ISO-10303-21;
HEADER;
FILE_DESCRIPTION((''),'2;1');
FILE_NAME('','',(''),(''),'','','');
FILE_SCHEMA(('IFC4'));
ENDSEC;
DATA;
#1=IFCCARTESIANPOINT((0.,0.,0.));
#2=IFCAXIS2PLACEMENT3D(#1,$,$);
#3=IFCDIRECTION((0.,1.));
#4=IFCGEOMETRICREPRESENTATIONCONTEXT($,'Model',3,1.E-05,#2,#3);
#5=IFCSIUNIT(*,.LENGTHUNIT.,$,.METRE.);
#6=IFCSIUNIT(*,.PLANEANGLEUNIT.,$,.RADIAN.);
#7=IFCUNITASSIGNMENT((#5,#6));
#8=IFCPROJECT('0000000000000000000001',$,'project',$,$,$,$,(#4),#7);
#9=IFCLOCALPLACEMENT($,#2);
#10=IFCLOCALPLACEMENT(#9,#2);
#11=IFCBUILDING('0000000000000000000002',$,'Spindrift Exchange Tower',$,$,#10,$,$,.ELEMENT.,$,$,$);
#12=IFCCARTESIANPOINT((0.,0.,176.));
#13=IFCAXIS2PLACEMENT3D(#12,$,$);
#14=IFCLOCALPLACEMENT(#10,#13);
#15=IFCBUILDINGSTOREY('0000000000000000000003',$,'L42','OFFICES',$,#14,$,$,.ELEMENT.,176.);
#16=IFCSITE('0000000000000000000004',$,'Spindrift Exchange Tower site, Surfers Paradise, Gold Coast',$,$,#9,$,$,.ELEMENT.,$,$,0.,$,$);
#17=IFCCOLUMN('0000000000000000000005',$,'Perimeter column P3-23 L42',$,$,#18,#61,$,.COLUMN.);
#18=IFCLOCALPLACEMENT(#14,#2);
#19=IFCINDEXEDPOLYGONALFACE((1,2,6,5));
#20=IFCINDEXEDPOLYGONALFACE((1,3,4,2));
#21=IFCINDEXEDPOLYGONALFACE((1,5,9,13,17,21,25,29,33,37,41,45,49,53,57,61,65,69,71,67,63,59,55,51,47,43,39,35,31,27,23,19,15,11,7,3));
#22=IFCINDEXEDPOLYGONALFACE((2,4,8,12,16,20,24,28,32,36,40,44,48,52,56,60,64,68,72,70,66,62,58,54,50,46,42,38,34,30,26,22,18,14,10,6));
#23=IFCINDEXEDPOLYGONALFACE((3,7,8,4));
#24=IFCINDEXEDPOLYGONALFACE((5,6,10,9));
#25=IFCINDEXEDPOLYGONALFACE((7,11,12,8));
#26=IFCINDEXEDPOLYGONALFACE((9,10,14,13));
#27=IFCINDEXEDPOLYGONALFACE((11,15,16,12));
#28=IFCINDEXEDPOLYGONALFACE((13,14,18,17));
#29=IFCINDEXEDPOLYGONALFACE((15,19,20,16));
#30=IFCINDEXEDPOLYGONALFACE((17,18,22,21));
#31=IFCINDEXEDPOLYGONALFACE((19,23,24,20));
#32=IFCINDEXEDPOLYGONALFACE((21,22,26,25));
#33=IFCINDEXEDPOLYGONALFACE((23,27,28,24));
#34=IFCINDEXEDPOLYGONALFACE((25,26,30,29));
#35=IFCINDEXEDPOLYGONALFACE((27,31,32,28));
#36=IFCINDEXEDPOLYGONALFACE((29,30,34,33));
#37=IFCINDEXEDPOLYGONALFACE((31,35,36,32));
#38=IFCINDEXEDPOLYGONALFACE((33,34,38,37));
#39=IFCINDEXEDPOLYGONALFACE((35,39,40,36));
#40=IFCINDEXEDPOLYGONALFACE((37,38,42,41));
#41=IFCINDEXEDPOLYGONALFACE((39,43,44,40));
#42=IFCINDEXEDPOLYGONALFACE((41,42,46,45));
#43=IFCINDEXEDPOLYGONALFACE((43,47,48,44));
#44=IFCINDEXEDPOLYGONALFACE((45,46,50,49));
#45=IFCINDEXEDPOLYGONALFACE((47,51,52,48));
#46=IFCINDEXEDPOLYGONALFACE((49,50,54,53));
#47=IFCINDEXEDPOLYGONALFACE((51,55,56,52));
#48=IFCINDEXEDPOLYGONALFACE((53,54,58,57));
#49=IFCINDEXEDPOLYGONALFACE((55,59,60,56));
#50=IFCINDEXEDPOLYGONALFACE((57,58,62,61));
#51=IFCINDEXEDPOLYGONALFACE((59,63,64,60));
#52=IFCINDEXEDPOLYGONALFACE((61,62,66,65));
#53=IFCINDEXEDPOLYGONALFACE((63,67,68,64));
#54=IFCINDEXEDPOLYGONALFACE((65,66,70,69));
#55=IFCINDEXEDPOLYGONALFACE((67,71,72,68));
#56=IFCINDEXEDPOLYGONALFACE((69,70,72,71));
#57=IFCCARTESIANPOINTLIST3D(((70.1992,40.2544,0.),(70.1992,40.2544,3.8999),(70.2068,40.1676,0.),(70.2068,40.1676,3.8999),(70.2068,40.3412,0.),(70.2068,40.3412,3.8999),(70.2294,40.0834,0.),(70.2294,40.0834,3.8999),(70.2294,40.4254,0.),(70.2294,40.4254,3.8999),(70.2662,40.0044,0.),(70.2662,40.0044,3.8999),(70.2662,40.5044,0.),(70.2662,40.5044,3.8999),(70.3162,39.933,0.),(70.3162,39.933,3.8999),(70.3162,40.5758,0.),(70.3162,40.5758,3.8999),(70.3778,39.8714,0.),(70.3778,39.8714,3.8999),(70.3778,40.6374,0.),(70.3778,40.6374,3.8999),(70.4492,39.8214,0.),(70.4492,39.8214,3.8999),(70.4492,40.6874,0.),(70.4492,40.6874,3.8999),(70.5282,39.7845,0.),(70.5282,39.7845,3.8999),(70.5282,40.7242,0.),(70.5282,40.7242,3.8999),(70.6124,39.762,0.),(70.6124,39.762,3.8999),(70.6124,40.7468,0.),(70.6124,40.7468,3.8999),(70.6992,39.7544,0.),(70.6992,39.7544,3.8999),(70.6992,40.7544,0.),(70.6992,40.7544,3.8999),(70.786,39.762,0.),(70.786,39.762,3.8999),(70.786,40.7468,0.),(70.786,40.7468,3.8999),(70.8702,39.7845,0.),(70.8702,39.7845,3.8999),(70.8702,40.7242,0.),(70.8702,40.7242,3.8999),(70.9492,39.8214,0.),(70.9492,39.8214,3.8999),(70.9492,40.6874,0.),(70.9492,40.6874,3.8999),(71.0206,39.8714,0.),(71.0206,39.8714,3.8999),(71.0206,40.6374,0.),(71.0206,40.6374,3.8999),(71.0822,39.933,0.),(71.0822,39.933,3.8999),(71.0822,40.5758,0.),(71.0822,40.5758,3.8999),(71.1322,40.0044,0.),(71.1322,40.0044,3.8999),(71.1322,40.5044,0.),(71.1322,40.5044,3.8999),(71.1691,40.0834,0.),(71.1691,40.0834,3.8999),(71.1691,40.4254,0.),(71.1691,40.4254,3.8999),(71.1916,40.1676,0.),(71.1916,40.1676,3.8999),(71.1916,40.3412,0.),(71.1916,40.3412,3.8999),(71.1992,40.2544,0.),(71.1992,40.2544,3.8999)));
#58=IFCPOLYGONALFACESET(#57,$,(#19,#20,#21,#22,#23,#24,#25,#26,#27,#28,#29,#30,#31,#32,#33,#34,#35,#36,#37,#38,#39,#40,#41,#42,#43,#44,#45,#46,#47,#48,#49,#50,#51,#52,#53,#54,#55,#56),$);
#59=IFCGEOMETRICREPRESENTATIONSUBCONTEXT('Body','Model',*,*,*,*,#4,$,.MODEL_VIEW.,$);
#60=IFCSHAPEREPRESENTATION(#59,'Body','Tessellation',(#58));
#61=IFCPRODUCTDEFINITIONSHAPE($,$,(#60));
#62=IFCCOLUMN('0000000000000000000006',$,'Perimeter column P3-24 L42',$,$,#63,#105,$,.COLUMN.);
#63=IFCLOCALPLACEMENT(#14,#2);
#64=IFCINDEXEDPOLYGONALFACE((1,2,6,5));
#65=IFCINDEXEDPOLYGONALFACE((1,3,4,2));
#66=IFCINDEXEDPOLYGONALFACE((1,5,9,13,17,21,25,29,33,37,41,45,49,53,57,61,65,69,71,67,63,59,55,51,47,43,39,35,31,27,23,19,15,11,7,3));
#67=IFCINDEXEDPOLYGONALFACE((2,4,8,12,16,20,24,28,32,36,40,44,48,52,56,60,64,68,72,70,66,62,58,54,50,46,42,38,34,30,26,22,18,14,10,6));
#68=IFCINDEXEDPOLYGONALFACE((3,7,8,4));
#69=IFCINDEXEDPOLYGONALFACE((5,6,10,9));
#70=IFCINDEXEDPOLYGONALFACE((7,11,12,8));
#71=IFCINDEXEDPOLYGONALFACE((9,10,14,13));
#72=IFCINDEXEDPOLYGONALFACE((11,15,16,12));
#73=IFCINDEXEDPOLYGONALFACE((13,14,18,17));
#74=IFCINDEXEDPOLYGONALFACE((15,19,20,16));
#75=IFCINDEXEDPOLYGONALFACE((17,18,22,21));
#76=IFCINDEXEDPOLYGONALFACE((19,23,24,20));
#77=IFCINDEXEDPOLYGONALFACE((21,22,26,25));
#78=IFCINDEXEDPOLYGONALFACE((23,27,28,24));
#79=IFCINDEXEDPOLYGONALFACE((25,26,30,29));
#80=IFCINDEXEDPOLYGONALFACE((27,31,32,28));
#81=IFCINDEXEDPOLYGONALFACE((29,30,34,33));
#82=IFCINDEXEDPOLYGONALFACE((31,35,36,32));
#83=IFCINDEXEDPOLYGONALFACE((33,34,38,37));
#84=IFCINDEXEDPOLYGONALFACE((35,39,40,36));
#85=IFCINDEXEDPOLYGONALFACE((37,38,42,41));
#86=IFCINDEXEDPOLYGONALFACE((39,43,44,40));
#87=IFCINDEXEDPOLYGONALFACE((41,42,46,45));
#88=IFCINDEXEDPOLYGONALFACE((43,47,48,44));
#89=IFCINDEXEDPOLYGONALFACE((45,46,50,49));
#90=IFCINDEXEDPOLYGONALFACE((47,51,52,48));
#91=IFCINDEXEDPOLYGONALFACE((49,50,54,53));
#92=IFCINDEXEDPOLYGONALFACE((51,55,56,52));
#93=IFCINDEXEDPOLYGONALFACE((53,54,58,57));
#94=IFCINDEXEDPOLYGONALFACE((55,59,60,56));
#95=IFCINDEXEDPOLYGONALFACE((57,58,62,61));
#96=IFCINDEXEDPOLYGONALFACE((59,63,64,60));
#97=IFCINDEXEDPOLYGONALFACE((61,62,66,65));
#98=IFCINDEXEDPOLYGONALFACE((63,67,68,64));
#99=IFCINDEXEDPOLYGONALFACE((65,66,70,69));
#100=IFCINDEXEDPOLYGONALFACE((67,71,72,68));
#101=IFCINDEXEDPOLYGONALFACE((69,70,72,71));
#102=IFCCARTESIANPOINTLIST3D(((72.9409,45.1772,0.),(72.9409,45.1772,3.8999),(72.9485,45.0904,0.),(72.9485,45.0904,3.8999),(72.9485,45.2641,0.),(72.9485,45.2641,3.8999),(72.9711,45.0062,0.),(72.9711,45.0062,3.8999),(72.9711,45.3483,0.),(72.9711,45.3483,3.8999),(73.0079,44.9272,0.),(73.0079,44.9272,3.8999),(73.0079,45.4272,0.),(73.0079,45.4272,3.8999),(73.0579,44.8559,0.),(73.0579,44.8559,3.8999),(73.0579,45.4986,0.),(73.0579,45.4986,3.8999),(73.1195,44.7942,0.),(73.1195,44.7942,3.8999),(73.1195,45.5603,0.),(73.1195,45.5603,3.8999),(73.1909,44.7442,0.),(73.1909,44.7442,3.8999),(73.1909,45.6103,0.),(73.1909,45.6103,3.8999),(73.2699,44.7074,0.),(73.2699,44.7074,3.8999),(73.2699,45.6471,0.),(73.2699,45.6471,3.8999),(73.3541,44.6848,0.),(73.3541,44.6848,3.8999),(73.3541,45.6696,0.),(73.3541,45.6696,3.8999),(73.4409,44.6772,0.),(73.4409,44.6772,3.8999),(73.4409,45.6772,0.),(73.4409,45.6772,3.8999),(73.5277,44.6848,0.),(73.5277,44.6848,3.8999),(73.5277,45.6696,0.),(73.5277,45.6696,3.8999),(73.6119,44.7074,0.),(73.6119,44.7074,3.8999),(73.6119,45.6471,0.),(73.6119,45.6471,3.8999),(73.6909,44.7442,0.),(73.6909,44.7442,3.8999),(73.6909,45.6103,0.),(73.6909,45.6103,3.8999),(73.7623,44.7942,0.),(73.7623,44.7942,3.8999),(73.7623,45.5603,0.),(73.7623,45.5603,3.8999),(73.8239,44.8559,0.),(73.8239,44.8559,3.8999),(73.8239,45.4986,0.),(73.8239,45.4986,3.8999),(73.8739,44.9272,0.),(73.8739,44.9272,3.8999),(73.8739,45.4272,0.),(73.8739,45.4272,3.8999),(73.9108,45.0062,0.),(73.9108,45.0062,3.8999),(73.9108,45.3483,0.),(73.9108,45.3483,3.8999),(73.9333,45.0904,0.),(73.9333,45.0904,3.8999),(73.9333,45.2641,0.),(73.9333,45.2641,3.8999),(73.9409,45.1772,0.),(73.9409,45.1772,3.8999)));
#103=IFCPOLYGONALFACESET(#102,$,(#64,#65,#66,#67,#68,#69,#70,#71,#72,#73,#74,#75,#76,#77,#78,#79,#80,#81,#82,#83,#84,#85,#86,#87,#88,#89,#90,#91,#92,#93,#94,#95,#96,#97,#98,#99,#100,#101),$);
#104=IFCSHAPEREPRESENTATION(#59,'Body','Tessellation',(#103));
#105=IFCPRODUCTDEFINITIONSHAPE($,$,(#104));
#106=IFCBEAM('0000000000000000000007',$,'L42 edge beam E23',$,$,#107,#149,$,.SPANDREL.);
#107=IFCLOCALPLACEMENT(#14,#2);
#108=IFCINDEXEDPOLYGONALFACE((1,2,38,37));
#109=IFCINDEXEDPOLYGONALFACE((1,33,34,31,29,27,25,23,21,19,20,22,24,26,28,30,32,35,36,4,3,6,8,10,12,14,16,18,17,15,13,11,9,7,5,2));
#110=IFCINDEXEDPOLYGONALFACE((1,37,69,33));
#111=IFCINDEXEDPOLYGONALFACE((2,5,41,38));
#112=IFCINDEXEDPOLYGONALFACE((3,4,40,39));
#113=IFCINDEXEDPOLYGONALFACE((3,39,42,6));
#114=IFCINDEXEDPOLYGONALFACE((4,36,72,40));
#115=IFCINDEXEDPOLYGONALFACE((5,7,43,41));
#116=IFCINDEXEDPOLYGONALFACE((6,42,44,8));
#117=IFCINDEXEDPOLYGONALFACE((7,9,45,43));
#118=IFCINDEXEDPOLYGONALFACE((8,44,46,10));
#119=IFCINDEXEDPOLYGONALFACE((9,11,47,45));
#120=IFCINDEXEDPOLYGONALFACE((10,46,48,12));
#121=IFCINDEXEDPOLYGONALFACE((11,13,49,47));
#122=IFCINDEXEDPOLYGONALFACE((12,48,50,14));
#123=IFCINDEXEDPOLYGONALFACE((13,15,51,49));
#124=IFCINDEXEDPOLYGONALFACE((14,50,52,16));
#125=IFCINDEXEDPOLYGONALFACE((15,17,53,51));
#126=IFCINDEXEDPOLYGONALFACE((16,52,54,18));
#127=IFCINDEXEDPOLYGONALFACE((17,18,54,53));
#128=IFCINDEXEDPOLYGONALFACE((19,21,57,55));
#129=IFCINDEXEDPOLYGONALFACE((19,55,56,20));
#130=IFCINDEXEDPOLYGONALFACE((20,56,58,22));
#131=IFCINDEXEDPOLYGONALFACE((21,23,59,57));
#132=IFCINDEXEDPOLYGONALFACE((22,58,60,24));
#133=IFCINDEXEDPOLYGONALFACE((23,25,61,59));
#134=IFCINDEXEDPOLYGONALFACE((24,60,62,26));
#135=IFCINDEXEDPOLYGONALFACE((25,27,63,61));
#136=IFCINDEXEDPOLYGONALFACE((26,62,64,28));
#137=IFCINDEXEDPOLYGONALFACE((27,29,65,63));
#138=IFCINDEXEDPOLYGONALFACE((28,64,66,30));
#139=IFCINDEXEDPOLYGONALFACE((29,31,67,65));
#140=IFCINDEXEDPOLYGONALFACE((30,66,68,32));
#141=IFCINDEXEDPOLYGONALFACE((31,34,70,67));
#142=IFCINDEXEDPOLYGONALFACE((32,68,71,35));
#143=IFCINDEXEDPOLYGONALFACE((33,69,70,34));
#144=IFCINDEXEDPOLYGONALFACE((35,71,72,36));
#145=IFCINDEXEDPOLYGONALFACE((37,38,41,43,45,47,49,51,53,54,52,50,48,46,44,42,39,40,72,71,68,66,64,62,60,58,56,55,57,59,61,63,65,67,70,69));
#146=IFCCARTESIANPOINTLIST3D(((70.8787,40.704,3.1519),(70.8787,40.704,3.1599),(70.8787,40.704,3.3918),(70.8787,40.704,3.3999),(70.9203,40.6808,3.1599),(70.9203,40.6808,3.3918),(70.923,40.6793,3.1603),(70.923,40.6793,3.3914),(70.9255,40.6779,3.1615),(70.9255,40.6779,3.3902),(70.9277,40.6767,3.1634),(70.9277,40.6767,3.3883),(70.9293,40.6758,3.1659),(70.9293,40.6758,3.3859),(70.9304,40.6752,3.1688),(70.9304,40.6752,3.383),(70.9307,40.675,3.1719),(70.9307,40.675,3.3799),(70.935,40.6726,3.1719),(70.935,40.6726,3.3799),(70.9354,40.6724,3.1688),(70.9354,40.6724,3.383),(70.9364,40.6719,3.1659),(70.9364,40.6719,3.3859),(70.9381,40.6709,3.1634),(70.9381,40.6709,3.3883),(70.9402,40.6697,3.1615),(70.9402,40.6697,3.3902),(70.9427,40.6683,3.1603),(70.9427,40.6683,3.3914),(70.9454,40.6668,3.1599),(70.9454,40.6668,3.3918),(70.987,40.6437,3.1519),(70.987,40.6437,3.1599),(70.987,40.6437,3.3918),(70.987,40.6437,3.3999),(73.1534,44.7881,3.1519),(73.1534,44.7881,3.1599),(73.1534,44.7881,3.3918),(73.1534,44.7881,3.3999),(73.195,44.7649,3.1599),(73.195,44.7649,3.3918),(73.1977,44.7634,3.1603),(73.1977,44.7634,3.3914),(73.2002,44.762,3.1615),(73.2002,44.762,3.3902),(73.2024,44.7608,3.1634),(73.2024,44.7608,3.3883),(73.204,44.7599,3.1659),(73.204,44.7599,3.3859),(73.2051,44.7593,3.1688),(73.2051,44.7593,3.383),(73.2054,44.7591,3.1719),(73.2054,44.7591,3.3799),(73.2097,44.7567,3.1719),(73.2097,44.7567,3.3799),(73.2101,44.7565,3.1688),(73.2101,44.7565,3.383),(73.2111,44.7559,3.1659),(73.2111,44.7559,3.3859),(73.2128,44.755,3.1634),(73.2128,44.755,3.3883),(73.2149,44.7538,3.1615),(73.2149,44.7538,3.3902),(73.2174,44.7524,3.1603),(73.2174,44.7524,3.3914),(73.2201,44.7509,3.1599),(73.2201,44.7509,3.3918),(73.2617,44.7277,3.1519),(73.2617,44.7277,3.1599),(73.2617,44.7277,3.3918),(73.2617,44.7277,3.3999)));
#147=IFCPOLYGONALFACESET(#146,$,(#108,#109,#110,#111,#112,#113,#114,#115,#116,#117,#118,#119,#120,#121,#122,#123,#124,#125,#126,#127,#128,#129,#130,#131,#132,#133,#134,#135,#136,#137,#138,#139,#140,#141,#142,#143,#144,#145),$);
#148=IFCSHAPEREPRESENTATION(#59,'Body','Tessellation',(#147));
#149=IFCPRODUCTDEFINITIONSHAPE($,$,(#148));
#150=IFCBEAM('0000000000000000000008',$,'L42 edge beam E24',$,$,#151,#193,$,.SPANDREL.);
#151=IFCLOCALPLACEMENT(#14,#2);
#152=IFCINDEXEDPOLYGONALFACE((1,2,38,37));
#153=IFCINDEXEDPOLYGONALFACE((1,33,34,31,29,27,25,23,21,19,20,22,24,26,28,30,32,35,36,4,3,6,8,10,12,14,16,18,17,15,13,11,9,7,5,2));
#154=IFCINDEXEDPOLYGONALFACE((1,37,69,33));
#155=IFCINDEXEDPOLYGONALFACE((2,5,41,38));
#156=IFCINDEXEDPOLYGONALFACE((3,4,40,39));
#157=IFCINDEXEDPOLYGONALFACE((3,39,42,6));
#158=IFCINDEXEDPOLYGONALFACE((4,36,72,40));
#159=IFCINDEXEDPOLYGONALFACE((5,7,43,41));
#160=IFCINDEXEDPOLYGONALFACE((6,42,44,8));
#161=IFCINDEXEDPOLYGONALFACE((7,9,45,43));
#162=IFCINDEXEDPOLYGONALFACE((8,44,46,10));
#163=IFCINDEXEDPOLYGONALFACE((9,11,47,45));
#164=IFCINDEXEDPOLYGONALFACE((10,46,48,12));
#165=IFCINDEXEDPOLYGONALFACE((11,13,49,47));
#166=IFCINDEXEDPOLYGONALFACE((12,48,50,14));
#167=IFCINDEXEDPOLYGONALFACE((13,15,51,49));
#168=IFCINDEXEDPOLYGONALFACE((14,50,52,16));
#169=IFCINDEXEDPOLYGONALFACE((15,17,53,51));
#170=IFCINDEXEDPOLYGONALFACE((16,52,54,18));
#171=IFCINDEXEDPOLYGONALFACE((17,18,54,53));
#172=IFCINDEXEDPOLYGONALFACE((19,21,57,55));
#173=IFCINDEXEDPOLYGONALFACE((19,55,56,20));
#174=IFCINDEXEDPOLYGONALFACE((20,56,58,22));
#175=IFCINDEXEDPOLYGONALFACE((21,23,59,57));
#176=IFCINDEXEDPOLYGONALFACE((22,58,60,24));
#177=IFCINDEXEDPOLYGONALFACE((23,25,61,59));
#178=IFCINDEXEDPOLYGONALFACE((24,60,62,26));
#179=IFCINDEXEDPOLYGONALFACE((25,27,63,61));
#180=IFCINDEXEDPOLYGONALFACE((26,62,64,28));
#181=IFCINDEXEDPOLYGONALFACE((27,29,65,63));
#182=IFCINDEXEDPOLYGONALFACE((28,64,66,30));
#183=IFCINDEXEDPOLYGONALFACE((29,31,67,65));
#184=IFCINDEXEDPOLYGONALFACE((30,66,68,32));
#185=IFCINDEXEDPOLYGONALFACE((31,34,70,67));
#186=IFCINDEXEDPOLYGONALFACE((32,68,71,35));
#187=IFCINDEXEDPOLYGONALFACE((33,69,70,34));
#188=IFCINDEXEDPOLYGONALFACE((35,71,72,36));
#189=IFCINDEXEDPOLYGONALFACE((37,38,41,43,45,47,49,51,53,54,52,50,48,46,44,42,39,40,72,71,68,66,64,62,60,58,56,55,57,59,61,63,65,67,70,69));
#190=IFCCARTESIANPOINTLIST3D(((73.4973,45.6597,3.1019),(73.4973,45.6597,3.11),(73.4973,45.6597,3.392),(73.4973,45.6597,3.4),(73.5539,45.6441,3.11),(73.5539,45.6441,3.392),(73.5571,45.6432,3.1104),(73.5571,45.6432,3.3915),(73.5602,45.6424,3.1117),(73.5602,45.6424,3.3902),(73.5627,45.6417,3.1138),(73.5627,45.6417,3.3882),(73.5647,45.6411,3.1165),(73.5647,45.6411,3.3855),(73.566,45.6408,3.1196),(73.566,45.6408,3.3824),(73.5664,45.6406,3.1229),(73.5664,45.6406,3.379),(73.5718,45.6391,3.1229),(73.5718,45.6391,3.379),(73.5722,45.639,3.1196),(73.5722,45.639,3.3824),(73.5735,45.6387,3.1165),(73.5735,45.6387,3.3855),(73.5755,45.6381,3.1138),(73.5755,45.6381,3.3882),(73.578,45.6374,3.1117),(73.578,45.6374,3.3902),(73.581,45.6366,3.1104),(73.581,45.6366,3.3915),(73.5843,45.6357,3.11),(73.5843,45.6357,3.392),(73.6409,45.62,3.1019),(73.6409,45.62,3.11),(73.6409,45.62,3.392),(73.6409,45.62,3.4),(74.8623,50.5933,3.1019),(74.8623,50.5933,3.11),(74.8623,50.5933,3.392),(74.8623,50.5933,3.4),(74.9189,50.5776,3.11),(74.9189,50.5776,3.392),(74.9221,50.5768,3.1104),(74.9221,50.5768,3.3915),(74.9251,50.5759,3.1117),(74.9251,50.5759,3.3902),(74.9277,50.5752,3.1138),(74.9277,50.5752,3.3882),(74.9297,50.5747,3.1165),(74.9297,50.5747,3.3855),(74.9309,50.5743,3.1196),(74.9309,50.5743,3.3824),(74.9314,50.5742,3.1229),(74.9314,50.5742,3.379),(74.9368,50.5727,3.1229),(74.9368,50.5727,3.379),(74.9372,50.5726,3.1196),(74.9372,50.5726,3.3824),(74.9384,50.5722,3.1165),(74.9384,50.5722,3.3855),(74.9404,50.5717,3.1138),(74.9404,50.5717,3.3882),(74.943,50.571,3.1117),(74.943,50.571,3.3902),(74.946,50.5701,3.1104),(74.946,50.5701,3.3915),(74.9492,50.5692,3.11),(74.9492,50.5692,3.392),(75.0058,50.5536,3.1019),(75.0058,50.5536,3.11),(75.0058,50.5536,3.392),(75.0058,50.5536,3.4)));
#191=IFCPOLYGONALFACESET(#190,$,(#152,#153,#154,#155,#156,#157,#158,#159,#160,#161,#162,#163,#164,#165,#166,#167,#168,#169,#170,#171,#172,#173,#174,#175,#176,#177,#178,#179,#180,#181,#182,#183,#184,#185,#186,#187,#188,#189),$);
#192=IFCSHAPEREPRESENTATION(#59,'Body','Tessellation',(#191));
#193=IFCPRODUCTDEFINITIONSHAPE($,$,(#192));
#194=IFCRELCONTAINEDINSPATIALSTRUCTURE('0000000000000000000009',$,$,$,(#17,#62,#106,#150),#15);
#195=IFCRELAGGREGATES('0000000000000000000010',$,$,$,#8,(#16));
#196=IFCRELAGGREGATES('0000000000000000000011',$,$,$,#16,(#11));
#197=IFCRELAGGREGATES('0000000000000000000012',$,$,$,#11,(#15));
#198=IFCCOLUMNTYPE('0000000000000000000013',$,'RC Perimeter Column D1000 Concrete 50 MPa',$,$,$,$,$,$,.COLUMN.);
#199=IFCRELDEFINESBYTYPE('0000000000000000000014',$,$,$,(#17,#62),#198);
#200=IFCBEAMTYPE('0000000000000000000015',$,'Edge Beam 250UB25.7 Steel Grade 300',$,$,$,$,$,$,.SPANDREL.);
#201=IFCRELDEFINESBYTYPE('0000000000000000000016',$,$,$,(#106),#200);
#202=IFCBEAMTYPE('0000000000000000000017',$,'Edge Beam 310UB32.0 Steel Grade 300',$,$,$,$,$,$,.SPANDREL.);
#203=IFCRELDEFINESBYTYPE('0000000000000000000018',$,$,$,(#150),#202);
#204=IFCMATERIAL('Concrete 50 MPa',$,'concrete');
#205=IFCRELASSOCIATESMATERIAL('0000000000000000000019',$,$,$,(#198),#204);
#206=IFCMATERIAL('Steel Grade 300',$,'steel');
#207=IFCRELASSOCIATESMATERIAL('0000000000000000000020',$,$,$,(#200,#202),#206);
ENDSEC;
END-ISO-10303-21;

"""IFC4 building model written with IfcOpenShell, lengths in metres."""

from ifc_helpers import new_model, si_unit, direction, frame, origin, origin_2d, place, context, subcontext, project, spatial, circle, i_section, extrude, source, transform, mapped, material, material_profile, profile_set, type_object, element, save


model = new_model("IFC4")

# Units and contexts
model_context = context("Model", 3, precision=1e-05, world=origin(), true_north=direction((0.0, 1.0)))
body_context = subcontext(model_context, "Body", "Model", "MODEL_VIEW")
ifc_project = project(units=[si_unit("LENGTHUNIT", "METRE"), si_unit("PLANEANGLEUNIT", "RADIAN")], contexts=[model_context])

# Site, building, storey
site_placement = place(None, origin())
site = spatial("IfcSite", under=ifc_project, at=site_placement, Name="Spindrift Exchange Tower site, Surfers Paradise, Gold Coast", CompositionType="ELEMENT", RefElevation=0.0)
building_placement = place(site_placement, origin())
building = spatial("IfcBuilding", under=site, at=building_placement, Name="Spindrift Exchange Tower", CompositionType="ELEMENT")
storey_placement = place(building_placement, frame((0.0, 0.0, 176.0)))
storey = spatial("IfcBuildingStorey", under=building, at=storey_placement, Name="L42", Description="OFFICES", CompositionType="ELEMENT", Elevation=176.0)

# Columns
ifc_material_1 = material(Name="Concrete 50 MPa", Category="concrete")
ifc_material_profile_1 = material_profile(ifc_material_1, circle(Radius=0.5, at=origin_2d()), Name="RC D1000")
ifc_profile_set_1 = profile_set([ifc_material_profile_1], Name="Concrete 50 MPa")
column_type = type_object("IfcColumnType", Name="RC Perimeter Column D1000 Concrete 50 MPa", PredefinedType="COLUMN", material=ifc_profile_set_1)
shared_shape_1 = source(origin(), body_context, "Body", "SweptSolid", [
    extrude(circle(Radius=0.5, at=origin_2d()), origin(), (0.0, 0.0, 1.0), 3.8999),
])
for number, where, z_axis, x_axis, name in (
    (1, (70.6992, 40.2544, 0.0), (0.0, 0.0, 1.0), (1.0, 0.0, 0.0), "Perimeter column P3-23 L42"),
    (2, (73.4409, 45.1772, 0.0), (0.0, 0.0, 1.0), (1.0, 0.0, 0.0), "Perimeter column P3-24 L42"),
):
    element("IfcColumn", number, at=place(storey_placement, frame(where, z_axis=z_axis, x_axis=x_axis)), inside=storey, type_object=column_type, Name=name, PredefinedType="COLUMN", context=body_context, shape_type="MappedRepresentation", body=[
        mapped(shared_shape_1, transform((0.0, 0.0, 0.0), scale=1.0)),
    ])

# Beams
ifc_material_2 = material(Name="Steel Grade 300", Category="steel")
ifc_material_profile_2 = material_profile(ifc_material_2, i_section(OverallWidth=0.124, OverallDepth=0.248, WebThickness=0.0049, FlangeThickness=0.0081, FilletRadius=0.012, at=origin_2d()), Name="250UB25.7")
ifc_profile_set_2 = profile_set([ifc_material_profile_2], Name="Steel Grade 300")
beam_type_1 = type_object("IfcBeamType", Name="Edge Beam 250UB25.7 Steel Grade 300", PredefinedType="SPANDREL", material=ifc_profile_set_2)
shared_shape_2 = source(origin(), body_context, "Body", "SweptSolid", [
    extrude(i_section(OverallWidth=0.124, OverallDepth=0.248, WebThickness=0.0049, FlangeThickness=0.0081, FilletRadius=0.012, at=origin_2d()), origin(), (0.0, 0.0, 1.0), 4.6748),
])
beam_1_placement = place(storey_placement, frame((70.9329, 40.6738, 3.2759), z_axis=(0.486587, 0.873632, 0.0), x_axis=(-0.873632, 0.486587, 0.0)))
element("IfcBeam", 3, at=beam_1_placement, inside=storey, type_object=beam_type_1, Name="L42 edge beam E23", PredefinedType="SPANDREL", context=body_context, shape_type="MappedRepresentation", body=[
    mapped(shared_shape_2, transform((0.0, 0.0, 0.0), scale=1.0)),
])
ifc_material_profile_3 = material_profile(ifc_material_2, i_section(OverallWidth=0.1489, OverallDepth=0.2981, WebThickness=0.0056, FlangeThickness=0.0081, FilletRadius=0.0129, at=origin_2d()), Name="310UB32.0")
ifc_profile_set_3 = profile_set([ifc_material_profile_3], Name="Steel Grade 300")
beam_type_2 = type_object("IfcBeamType", Name="Edge Beam 310UB32.0 Steel Grade 300", PredefinedType="SPANDREL", material=ifc_profile_set_3)
shared_shape_3 = source(origin(), body_context, "Body", "SweptSolid", [
    extrude(i_section(OverallWidth=0.1489, OverallDepth=0.2981, WebThickness=0.0056, FlangeThickness=0.0081, FilletRadius=0.0129, at=origin_2d()), origin(), (0.0, 0.0, 1.0), 5.1189),
])
beam_2_placement = place(storey_placement, frame((73.5691, 45.6399, 3.251), z_axis=(0.266655, 0.963792, 0.0), x_axis=(-0.963792, 0.266655, 0.0)))
element("IfcBeam", 4, at=beam_2_placement, inside=storey, type_object=beam_type_2, Name="L42 edge beam E24", PredefinedType="SPANDREL", context=body_context, shape_type="MappedRepresentation", body=[
    mapped(shared_shape_3, transform((0.0, 0.0, 0.0), scale=1.0)),
])

save(model, "model.ifc")
